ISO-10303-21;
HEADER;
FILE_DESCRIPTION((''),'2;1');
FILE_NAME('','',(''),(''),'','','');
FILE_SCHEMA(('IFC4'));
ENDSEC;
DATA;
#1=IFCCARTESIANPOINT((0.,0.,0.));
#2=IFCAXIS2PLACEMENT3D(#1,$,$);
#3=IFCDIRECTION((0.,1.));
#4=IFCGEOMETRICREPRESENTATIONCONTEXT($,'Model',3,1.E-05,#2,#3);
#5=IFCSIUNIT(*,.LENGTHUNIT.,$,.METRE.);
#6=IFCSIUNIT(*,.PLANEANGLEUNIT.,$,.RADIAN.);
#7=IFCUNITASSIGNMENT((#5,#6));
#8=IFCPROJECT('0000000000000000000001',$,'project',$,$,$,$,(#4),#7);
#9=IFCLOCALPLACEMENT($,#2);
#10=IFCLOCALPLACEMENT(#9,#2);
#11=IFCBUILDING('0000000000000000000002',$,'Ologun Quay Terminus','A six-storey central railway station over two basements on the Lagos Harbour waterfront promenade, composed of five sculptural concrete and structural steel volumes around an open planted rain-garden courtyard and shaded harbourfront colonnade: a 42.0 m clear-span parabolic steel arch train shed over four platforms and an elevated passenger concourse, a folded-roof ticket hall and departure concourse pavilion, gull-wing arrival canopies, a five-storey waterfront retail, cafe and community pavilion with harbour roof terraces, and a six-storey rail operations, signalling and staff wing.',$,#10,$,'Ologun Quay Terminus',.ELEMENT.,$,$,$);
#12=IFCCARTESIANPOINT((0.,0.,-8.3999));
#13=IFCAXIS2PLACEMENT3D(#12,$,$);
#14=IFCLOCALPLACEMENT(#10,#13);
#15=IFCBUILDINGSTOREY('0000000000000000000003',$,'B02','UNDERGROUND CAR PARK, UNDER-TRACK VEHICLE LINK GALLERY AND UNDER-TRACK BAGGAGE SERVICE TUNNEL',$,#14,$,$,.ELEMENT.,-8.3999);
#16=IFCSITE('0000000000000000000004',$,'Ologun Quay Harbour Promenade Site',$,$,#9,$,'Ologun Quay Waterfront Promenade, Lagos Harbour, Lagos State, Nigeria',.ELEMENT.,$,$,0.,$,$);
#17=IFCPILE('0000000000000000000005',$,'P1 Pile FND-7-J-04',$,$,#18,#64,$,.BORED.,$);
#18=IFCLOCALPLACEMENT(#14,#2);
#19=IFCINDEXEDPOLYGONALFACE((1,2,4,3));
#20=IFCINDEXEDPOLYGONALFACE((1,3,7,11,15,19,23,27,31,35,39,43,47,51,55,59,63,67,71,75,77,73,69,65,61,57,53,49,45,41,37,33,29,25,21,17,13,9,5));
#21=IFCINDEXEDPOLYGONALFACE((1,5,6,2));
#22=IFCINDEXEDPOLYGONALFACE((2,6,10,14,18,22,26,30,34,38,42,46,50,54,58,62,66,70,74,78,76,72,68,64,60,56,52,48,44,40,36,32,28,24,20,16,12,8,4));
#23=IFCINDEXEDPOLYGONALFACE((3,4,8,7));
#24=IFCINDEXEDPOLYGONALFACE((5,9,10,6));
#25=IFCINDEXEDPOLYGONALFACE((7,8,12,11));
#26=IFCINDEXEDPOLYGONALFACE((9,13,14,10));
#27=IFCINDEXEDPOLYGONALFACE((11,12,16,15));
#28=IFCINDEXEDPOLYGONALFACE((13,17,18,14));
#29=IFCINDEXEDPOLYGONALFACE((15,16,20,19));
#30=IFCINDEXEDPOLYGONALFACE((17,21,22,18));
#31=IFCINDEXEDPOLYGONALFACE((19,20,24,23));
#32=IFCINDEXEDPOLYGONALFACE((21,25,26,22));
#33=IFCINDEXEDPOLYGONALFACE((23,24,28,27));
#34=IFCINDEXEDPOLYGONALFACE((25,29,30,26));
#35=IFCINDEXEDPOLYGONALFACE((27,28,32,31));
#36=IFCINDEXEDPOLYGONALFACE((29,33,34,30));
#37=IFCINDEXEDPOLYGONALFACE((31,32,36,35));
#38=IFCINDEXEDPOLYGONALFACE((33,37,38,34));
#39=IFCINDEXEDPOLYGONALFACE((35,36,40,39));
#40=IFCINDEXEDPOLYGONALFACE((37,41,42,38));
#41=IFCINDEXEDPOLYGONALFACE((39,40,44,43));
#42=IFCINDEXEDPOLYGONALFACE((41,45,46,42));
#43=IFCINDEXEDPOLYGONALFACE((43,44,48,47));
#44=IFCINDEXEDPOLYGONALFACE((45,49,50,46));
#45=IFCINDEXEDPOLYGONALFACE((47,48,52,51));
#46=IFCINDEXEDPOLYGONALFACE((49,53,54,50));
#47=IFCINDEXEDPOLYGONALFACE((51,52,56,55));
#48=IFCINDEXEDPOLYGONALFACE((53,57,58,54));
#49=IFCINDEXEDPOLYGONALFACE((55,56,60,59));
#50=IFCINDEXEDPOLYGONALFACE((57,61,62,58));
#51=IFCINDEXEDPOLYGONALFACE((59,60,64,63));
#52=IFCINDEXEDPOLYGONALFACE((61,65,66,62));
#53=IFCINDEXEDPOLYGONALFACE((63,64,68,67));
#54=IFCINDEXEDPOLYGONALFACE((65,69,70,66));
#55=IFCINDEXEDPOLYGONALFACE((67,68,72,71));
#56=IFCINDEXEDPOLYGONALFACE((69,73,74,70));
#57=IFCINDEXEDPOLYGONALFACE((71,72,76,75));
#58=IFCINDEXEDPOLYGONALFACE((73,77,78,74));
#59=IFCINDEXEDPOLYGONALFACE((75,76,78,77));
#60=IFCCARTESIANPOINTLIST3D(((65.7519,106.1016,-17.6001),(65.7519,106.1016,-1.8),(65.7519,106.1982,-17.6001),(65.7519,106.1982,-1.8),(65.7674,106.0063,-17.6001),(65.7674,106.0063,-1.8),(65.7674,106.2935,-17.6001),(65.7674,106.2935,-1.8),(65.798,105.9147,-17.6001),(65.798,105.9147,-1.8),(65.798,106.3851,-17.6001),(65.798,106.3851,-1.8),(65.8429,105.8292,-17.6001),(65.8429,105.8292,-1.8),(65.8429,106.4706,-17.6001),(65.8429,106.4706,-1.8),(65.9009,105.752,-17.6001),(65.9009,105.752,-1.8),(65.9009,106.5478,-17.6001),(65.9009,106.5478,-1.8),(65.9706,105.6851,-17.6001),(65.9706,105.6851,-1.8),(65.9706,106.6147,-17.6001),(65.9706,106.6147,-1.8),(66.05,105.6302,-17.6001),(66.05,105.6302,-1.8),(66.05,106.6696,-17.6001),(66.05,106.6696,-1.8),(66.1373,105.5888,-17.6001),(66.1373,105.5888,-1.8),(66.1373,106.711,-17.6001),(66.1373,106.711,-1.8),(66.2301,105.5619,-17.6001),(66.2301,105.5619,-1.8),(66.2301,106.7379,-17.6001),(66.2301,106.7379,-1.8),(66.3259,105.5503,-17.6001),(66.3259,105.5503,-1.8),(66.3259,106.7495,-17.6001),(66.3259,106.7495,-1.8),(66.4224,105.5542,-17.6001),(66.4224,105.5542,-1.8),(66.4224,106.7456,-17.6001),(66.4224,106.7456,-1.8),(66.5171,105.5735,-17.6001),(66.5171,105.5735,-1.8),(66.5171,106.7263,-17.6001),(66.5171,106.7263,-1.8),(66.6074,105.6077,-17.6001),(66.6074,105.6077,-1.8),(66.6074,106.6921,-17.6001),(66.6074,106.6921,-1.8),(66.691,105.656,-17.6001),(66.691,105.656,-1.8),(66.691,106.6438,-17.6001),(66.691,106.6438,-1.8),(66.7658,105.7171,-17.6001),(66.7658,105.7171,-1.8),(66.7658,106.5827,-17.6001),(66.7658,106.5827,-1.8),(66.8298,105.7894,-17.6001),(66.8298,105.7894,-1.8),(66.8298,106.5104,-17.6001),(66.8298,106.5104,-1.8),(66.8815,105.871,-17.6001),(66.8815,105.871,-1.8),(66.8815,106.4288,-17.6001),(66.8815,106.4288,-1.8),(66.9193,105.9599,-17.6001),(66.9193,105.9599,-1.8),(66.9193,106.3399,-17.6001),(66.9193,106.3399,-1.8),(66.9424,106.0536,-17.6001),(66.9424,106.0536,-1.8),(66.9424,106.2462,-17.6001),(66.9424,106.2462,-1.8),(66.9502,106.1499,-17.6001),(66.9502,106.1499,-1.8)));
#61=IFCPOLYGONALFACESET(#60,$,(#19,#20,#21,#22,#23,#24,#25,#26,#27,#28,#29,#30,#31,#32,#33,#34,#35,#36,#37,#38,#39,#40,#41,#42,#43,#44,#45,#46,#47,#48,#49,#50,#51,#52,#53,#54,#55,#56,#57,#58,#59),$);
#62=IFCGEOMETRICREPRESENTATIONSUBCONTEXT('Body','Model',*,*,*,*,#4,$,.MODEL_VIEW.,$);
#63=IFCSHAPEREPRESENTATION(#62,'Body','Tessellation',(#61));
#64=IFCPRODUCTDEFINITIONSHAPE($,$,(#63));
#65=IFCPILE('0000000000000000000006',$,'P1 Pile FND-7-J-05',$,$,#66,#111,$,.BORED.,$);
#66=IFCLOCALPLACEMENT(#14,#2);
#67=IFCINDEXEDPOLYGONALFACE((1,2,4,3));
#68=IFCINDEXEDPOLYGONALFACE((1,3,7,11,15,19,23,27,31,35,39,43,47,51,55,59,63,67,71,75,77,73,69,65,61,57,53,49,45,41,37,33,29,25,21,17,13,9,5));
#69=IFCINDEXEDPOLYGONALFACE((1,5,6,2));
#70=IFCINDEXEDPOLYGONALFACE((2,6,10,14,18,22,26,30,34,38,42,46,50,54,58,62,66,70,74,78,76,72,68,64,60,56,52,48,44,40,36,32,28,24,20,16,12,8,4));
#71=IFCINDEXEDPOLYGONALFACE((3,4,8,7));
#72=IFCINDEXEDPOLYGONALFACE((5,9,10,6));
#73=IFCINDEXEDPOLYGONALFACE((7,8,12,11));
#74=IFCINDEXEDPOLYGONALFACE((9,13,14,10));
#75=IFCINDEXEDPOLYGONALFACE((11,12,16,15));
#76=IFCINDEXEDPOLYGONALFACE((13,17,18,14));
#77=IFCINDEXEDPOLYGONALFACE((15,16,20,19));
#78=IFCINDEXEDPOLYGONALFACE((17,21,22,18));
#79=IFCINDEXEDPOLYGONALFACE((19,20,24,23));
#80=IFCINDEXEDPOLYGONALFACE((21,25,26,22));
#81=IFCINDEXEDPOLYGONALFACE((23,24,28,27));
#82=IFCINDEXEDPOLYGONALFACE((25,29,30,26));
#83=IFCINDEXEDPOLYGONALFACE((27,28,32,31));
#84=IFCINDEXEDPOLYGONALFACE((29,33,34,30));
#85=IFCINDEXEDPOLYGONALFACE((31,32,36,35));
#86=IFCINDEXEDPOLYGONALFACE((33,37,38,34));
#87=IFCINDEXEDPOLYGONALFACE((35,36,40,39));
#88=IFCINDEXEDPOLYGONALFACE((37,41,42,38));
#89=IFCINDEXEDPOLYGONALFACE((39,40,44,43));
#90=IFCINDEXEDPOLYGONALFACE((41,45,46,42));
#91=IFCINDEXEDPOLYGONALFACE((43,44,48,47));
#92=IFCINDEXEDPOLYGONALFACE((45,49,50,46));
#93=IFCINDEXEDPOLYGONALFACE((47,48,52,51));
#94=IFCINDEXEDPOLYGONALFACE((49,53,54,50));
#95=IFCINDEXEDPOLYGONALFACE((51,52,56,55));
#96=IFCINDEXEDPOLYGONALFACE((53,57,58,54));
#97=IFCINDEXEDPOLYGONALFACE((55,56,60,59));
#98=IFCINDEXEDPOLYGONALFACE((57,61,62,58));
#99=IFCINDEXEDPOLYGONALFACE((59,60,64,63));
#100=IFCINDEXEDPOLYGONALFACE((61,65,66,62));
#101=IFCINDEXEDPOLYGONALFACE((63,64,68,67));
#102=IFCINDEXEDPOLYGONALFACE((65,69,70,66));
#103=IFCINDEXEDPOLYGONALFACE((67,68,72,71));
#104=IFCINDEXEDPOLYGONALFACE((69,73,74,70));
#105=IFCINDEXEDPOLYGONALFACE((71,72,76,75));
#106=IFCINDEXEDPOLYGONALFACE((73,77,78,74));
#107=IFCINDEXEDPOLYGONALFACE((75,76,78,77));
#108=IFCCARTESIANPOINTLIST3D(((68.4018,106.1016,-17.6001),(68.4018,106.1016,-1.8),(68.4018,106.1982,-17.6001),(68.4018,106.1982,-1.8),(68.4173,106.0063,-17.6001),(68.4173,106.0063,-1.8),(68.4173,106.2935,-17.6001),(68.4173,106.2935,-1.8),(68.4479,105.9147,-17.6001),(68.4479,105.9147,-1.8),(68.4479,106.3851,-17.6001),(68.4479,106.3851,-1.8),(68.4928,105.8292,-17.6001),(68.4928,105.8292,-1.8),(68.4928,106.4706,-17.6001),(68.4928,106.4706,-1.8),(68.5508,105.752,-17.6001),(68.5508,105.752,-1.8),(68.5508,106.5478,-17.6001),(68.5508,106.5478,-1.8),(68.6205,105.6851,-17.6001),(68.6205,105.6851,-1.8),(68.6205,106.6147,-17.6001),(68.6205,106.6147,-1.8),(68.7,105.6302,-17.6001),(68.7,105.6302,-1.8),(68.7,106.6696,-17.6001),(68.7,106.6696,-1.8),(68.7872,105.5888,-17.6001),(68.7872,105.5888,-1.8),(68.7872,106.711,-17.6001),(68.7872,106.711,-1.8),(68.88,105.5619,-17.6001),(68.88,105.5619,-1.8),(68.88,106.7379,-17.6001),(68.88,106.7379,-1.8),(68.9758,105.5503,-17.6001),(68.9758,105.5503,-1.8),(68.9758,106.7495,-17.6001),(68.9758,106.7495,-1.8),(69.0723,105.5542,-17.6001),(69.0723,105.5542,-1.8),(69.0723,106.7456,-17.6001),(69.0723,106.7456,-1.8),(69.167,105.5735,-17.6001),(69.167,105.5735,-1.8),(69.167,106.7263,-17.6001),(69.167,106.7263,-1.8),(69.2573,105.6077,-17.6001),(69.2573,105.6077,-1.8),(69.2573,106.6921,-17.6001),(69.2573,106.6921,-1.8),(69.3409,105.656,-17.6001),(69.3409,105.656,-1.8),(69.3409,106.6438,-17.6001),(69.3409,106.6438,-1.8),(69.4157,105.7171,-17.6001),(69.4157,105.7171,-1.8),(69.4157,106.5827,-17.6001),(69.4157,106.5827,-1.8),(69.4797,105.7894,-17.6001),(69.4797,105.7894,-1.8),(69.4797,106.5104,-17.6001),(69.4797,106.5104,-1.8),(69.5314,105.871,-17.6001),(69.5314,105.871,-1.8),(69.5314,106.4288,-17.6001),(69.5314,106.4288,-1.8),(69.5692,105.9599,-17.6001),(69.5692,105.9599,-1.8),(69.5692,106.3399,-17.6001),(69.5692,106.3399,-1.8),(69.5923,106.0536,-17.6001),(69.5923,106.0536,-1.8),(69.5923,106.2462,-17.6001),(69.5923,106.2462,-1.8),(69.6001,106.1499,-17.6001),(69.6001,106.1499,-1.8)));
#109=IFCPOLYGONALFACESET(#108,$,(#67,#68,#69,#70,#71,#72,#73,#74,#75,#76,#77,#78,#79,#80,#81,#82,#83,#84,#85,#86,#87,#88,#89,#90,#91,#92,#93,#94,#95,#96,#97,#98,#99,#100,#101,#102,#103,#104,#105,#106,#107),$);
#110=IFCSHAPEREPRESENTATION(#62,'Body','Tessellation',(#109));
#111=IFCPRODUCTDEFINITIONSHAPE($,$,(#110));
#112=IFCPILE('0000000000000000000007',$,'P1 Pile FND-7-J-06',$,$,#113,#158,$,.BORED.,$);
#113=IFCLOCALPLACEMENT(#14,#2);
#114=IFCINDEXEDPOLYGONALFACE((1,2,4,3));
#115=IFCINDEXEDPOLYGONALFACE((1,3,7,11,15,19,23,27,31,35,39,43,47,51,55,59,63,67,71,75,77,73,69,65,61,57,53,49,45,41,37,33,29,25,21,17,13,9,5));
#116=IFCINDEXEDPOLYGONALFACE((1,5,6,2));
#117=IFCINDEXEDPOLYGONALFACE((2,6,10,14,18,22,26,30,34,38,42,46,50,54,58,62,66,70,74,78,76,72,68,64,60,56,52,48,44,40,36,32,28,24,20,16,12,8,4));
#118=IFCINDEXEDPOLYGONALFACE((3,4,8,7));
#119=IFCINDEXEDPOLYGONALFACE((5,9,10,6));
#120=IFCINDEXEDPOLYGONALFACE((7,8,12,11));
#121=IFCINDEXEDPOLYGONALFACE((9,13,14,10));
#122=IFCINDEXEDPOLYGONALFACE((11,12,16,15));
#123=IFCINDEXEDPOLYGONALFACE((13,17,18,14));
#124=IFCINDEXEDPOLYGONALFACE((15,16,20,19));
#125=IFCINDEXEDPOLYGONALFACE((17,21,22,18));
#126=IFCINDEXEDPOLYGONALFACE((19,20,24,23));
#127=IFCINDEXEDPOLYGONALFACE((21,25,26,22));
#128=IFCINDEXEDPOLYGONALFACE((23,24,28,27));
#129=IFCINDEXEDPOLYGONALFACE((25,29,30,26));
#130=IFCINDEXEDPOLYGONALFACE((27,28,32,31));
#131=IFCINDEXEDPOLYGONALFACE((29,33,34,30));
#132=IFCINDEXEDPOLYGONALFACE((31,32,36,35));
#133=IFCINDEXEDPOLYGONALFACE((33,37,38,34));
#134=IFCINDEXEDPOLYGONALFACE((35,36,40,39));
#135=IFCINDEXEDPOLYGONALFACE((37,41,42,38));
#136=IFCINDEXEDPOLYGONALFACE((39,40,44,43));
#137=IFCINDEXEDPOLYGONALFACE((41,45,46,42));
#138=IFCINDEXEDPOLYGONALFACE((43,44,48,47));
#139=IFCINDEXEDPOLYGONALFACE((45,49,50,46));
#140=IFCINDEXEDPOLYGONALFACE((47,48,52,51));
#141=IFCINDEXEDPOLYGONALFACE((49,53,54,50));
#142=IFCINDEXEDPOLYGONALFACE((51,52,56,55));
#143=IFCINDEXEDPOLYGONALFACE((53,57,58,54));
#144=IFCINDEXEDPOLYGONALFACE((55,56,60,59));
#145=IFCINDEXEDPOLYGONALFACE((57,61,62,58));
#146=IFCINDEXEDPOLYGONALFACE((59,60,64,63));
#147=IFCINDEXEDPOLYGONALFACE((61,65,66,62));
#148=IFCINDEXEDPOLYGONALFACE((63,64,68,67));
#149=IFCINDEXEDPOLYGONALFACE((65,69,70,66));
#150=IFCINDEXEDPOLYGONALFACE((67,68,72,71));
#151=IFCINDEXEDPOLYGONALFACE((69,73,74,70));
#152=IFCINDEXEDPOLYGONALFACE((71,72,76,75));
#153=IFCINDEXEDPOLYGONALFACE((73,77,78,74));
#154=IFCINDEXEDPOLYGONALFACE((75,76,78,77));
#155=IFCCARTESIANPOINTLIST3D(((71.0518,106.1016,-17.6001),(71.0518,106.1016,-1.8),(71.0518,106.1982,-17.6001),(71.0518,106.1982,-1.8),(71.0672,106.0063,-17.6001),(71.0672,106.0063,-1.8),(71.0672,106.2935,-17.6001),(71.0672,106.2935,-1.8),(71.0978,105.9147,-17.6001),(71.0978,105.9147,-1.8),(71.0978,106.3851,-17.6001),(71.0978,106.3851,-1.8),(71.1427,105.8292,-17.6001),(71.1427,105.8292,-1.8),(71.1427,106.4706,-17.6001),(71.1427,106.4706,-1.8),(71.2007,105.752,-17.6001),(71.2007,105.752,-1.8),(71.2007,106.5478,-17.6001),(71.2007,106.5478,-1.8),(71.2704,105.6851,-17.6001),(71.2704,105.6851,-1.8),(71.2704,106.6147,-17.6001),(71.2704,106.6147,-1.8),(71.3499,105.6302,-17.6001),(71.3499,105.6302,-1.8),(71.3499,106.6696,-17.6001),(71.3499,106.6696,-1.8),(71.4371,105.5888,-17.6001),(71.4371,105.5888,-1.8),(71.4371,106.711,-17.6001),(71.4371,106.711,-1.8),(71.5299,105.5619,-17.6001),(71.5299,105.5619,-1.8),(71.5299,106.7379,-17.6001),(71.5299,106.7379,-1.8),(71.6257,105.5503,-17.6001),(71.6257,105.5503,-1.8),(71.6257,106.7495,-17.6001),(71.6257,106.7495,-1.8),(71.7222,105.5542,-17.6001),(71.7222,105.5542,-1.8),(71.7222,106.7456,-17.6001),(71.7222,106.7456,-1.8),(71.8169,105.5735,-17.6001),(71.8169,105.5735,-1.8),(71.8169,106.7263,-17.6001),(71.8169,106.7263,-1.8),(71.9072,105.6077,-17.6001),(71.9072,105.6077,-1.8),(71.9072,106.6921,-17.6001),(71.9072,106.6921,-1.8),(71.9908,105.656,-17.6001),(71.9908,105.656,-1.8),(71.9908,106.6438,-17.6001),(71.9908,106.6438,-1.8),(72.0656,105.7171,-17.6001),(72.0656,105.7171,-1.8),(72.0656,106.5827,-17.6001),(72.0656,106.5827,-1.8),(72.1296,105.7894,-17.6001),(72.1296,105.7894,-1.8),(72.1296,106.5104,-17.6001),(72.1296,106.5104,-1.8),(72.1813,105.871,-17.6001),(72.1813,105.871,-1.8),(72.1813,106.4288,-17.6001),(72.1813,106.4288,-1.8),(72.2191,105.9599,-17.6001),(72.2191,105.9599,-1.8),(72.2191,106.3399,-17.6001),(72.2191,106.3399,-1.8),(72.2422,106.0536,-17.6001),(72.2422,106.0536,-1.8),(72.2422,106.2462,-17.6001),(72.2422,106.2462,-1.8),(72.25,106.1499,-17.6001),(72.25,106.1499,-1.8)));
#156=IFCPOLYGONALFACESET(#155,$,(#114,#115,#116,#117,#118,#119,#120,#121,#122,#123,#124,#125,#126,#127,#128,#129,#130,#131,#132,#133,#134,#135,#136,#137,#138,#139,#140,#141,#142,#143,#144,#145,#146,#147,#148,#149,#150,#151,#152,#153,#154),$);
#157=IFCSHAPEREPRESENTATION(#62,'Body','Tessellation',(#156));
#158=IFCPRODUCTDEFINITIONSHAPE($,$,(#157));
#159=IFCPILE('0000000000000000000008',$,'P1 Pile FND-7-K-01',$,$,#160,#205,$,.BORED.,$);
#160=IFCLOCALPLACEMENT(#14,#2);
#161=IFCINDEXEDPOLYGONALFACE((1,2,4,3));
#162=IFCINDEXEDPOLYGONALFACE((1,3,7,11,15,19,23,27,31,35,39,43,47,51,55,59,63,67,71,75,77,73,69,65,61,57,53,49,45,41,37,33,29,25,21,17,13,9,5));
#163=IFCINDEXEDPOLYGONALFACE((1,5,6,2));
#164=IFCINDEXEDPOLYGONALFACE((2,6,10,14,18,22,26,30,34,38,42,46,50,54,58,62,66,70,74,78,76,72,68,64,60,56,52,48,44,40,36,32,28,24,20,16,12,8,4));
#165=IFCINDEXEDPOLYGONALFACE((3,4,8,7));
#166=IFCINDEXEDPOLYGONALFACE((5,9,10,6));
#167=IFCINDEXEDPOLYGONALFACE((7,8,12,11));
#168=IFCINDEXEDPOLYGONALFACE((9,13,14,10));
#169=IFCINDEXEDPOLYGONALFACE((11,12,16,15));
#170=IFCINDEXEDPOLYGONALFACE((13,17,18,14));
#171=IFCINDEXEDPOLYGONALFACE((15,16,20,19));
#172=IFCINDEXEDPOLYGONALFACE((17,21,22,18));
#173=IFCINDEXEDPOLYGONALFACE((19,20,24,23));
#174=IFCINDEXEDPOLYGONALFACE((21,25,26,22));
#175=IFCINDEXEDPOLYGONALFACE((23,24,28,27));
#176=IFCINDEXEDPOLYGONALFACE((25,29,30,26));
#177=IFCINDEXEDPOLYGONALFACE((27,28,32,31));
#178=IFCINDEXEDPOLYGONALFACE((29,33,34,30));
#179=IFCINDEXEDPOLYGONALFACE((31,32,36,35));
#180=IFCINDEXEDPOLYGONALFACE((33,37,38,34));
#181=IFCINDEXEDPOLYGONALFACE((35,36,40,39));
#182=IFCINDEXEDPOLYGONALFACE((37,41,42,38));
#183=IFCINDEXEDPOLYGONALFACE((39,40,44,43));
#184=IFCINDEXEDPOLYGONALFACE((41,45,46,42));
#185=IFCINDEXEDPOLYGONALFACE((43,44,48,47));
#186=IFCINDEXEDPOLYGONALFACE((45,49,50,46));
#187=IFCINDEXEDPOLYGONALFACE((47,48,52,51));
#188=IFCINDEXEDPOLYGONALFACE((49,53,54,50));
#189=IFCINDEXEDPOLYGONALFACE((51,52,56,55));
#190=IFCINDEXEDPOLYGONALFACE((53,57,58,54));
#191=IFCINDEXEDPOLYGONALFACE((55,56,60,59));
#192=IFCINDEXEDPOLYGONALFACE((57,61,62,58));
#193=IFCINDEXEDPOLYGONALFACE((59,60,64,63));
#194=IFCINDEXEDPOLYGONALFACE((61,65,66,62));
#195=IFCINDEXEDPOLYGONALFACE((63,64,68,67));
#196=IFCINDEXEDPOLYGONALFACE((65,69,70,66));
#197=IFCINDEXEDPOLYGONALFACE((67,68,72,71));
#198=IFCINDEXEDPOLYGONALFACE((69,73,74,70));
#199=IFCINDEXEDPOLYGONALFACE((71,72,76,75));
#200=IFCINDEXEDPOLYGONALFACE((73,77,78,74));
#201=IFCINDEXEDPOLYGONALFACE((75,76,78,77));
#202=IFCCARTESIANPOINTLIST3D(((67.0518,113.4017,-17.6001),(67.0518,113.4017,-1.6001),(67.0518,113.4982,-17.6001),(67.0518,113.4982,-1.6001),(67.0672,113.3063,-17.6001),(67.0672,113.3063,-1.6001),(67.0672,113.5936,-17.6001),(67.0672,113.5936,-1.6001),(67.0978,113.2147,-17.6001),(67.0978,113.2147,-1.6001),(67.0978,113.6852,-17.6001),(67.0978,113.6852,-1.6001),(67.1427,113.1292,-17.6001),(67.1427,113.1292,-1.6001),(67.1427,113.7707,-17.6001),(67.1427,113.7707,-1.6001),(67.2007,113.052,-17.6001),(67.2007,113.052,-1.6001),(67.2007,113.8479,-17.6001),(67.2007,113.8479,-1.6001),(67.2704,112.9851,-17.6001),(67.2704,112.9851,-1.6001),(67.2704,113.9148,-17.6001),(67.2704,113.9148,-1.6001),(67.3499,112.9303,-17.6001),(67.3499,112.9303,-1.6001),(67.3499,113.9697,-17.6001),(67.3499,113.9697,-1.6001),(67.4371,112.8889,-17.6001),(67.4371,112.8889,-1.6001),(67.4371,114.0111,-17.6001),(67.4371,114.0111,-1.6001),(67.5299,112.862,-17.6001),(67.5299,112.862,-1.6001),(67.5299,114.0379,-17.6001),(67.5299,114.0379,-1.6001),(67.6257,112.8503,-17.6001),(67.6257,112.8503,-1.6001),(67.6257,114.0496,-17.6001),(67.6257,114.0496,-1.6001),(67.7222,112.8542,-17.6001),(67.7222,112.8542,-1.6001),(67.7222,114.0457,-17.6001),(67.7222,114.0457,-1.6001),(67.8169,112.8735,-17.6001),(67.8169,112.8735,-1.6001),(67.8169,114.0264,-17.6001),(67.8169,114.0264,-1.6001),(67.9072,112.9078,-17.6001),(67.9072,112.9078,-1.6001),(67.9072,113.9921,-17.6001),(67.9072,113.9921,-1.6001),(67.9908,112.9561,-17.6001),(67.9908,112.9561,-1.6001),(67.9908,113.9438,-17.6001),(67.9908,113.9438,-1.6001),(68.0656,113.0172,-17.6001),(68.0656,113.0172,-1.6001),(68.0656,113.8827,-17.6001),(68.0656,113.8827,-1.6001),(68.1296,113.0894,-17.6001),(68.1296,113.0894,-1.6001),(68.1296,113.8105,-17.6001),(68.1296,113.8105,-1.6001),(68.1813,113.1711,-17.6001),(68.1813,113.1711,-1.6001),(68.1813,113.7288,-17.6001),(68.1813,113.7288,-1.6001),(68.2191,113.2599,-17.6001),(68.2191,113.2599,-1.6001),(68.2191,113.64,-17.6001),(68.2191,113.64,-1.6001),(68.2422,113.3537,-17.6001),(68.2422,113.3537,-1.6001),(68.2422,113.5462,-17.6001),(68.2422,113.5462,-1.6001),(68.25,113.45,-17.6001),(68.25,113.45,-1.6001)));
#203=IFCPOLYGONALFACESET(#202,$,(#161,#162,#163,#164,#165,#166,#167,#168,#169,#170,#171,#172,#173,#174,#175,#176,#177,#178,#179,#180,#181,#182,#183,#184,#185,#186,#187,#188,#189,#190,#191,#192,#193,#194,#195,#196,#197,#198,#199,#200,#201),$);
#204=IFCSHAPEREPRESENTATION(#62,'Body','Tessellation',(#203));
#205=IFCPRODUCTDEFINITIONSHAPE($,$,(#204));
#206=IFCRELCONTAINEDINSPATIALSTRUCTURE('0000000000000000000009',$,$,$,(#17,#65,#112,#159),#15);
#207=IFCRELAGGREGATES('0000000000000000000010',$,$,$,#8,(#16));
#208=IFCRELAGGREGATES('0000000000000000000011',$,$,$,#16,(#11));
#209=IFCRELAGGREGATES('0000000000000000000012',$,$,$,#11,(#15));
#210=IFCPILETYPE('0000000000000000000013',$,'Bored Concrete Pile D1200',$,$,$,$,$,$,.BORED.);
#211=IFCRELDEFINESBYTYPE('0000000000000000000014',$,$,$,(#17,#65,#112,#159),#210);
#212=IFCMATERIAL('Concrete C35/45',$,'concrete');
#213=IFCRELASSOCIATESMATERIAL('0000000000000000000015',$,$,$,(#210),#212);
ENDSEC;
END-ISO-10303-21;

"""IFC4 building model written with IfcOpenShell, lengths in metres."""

from ifc_helpers import new_model, si_unit, direction, frame, origin, origin_2d, place, context, subcontext, project, spatial, circle, extrude, material, material_profile, profile_set, type_object, element, save


model = new_model("IFC4")

# Units and contexts
model_context = context("Model", 3, precision=1e-05, world=origin(), true_north=direction((0.0, 1.0)))
body_context = subcontext(model_context, "Body", "Model", "MODEL_VIEW")
ifc_project = project(units=[si_unit("LENGTHUNIT", "METRE"), si_unit("PLANEANGLEUNIT", "RADIAN")], contexts=[model_context])

# Site, building, storey
site_placement = place(None, origin())
site = spatial("IfcSite", under=ifc_project, at=site_placement, Name="Ologun Quay Harbour Promenade Site", LongName="Ologun Quay Waterfront Promenade, Lagos Harbour, Lagos State, Nigeria", CompositionType="ELEMENT", RefElevation=0.0)
building_placement = place(site_placement, origin())
building = spatial("IfcBuilding", under=site, at=building_placement, Name="Ologun Quay Terminus", Description="A six-storey central railway station over two basements on the Lagos Harbour waterfront promenade, composed of five sculptural concrete and structural steel volumes around an open planted rain-garden courtyard and shaded harbourfront colonnade: a 42.0 m clear-span parabolic steel arch train shed over four platforms and an elevated passenger concourse, a folded-roof ticket hall and departure concourse pavilion, gull-wing arrival canopies, a five-storey waterfront retail, cafe and community pavilion with harbour roof terraces, and a six-storey rail operations, signalling and staff wing.", LongName="Ologun Quay Terminus", CompositionType="ELEMENT")
storey_placement = place(building_placement, frame((0.0, 0.0, -8.3999)))
storey = spatial("IfcBuildingStorey", under=building, at=storey_placement, Name="B02", Description="UNDERGROUND CAR PARK, UNDER-TRACK VEHICLE LINK GALLERY AND UNDER-TRACK BAGGAGE SERVICE TUNNEL", CompositionType="ELEMENT", Elevation=-8.3999)

# Piles
ifc_material_1 = material(Name="Concrete C35/45", Category="concrete")
ifc_material_profile_1 = material_profile(ifc_material_1, circle(Radius=0.6001, at=origin_2d()), Name="PILE D1200")
ifc_profile_set_1 = profile_set([ifc_material_profile_1], Name="Concrete C35/45")
pile_type_1 = type_object("IfcPileType", Name="Bored Concrete Pile D1200", PredefinedType="BORED", material=ifc_profile_set_1)
for number, where, z_axis, x_axis, name in (
    (1, (66.3501, 106.1499, -1.8), (0.0, 0.0, -1.0), (1.0, 0.0, 0.0), "P1 Pile FND-7-J-04"),
    (2, (69.0, 106.1499, -1.8), (0.0, 0.0, -1.0), (1.0, 0.0, 0.0), "P1 Pile FND-7-J-05"),
    (3, (71.6499, 106.1499, -1.8), (0.0, 0.0, -1.0), (1.0, 0.0, 0.0), "P1 Pile FND-7-J-06"),
):
    element("IfcPile", number, at=place(storey_placement, frame(where, z_axis=z_axis, x_axis=x_axis)), inside=storey, type_object=pile_type_1, Name=name, PredefinedType="BORED", context=body_context, shape_type="SweptSolid", body=[
        extrude(circle(Radius=0.6001, at=origin_2d()), origin(), (0.0, 0.0, 1.0), 15.8),
    ])
for number, where, z_axis, x_axis, name in (
    (4, (67.6499, 113.45, -1.6001), (0.0, 0.0, -1.0), (1.0, 0.0, 0.0), "P1 Pile FND-7-K-01"),
):
    element("IfcPile", number, at=place(storey_placement, frame(where, z_axis=z_axis, x_axis=x_axis)), inside=storey, type_object=pile_type_1, Name=name, PredefinedType="BORED", context=body_context, shape_type="SweptSolid", body=[
        extrude(circle(Radius=0.6001, at=origin_2d()), origin(), (0.0, 0.0, 1.0), 16.0),
    ])

save(model, "model.ifc")
